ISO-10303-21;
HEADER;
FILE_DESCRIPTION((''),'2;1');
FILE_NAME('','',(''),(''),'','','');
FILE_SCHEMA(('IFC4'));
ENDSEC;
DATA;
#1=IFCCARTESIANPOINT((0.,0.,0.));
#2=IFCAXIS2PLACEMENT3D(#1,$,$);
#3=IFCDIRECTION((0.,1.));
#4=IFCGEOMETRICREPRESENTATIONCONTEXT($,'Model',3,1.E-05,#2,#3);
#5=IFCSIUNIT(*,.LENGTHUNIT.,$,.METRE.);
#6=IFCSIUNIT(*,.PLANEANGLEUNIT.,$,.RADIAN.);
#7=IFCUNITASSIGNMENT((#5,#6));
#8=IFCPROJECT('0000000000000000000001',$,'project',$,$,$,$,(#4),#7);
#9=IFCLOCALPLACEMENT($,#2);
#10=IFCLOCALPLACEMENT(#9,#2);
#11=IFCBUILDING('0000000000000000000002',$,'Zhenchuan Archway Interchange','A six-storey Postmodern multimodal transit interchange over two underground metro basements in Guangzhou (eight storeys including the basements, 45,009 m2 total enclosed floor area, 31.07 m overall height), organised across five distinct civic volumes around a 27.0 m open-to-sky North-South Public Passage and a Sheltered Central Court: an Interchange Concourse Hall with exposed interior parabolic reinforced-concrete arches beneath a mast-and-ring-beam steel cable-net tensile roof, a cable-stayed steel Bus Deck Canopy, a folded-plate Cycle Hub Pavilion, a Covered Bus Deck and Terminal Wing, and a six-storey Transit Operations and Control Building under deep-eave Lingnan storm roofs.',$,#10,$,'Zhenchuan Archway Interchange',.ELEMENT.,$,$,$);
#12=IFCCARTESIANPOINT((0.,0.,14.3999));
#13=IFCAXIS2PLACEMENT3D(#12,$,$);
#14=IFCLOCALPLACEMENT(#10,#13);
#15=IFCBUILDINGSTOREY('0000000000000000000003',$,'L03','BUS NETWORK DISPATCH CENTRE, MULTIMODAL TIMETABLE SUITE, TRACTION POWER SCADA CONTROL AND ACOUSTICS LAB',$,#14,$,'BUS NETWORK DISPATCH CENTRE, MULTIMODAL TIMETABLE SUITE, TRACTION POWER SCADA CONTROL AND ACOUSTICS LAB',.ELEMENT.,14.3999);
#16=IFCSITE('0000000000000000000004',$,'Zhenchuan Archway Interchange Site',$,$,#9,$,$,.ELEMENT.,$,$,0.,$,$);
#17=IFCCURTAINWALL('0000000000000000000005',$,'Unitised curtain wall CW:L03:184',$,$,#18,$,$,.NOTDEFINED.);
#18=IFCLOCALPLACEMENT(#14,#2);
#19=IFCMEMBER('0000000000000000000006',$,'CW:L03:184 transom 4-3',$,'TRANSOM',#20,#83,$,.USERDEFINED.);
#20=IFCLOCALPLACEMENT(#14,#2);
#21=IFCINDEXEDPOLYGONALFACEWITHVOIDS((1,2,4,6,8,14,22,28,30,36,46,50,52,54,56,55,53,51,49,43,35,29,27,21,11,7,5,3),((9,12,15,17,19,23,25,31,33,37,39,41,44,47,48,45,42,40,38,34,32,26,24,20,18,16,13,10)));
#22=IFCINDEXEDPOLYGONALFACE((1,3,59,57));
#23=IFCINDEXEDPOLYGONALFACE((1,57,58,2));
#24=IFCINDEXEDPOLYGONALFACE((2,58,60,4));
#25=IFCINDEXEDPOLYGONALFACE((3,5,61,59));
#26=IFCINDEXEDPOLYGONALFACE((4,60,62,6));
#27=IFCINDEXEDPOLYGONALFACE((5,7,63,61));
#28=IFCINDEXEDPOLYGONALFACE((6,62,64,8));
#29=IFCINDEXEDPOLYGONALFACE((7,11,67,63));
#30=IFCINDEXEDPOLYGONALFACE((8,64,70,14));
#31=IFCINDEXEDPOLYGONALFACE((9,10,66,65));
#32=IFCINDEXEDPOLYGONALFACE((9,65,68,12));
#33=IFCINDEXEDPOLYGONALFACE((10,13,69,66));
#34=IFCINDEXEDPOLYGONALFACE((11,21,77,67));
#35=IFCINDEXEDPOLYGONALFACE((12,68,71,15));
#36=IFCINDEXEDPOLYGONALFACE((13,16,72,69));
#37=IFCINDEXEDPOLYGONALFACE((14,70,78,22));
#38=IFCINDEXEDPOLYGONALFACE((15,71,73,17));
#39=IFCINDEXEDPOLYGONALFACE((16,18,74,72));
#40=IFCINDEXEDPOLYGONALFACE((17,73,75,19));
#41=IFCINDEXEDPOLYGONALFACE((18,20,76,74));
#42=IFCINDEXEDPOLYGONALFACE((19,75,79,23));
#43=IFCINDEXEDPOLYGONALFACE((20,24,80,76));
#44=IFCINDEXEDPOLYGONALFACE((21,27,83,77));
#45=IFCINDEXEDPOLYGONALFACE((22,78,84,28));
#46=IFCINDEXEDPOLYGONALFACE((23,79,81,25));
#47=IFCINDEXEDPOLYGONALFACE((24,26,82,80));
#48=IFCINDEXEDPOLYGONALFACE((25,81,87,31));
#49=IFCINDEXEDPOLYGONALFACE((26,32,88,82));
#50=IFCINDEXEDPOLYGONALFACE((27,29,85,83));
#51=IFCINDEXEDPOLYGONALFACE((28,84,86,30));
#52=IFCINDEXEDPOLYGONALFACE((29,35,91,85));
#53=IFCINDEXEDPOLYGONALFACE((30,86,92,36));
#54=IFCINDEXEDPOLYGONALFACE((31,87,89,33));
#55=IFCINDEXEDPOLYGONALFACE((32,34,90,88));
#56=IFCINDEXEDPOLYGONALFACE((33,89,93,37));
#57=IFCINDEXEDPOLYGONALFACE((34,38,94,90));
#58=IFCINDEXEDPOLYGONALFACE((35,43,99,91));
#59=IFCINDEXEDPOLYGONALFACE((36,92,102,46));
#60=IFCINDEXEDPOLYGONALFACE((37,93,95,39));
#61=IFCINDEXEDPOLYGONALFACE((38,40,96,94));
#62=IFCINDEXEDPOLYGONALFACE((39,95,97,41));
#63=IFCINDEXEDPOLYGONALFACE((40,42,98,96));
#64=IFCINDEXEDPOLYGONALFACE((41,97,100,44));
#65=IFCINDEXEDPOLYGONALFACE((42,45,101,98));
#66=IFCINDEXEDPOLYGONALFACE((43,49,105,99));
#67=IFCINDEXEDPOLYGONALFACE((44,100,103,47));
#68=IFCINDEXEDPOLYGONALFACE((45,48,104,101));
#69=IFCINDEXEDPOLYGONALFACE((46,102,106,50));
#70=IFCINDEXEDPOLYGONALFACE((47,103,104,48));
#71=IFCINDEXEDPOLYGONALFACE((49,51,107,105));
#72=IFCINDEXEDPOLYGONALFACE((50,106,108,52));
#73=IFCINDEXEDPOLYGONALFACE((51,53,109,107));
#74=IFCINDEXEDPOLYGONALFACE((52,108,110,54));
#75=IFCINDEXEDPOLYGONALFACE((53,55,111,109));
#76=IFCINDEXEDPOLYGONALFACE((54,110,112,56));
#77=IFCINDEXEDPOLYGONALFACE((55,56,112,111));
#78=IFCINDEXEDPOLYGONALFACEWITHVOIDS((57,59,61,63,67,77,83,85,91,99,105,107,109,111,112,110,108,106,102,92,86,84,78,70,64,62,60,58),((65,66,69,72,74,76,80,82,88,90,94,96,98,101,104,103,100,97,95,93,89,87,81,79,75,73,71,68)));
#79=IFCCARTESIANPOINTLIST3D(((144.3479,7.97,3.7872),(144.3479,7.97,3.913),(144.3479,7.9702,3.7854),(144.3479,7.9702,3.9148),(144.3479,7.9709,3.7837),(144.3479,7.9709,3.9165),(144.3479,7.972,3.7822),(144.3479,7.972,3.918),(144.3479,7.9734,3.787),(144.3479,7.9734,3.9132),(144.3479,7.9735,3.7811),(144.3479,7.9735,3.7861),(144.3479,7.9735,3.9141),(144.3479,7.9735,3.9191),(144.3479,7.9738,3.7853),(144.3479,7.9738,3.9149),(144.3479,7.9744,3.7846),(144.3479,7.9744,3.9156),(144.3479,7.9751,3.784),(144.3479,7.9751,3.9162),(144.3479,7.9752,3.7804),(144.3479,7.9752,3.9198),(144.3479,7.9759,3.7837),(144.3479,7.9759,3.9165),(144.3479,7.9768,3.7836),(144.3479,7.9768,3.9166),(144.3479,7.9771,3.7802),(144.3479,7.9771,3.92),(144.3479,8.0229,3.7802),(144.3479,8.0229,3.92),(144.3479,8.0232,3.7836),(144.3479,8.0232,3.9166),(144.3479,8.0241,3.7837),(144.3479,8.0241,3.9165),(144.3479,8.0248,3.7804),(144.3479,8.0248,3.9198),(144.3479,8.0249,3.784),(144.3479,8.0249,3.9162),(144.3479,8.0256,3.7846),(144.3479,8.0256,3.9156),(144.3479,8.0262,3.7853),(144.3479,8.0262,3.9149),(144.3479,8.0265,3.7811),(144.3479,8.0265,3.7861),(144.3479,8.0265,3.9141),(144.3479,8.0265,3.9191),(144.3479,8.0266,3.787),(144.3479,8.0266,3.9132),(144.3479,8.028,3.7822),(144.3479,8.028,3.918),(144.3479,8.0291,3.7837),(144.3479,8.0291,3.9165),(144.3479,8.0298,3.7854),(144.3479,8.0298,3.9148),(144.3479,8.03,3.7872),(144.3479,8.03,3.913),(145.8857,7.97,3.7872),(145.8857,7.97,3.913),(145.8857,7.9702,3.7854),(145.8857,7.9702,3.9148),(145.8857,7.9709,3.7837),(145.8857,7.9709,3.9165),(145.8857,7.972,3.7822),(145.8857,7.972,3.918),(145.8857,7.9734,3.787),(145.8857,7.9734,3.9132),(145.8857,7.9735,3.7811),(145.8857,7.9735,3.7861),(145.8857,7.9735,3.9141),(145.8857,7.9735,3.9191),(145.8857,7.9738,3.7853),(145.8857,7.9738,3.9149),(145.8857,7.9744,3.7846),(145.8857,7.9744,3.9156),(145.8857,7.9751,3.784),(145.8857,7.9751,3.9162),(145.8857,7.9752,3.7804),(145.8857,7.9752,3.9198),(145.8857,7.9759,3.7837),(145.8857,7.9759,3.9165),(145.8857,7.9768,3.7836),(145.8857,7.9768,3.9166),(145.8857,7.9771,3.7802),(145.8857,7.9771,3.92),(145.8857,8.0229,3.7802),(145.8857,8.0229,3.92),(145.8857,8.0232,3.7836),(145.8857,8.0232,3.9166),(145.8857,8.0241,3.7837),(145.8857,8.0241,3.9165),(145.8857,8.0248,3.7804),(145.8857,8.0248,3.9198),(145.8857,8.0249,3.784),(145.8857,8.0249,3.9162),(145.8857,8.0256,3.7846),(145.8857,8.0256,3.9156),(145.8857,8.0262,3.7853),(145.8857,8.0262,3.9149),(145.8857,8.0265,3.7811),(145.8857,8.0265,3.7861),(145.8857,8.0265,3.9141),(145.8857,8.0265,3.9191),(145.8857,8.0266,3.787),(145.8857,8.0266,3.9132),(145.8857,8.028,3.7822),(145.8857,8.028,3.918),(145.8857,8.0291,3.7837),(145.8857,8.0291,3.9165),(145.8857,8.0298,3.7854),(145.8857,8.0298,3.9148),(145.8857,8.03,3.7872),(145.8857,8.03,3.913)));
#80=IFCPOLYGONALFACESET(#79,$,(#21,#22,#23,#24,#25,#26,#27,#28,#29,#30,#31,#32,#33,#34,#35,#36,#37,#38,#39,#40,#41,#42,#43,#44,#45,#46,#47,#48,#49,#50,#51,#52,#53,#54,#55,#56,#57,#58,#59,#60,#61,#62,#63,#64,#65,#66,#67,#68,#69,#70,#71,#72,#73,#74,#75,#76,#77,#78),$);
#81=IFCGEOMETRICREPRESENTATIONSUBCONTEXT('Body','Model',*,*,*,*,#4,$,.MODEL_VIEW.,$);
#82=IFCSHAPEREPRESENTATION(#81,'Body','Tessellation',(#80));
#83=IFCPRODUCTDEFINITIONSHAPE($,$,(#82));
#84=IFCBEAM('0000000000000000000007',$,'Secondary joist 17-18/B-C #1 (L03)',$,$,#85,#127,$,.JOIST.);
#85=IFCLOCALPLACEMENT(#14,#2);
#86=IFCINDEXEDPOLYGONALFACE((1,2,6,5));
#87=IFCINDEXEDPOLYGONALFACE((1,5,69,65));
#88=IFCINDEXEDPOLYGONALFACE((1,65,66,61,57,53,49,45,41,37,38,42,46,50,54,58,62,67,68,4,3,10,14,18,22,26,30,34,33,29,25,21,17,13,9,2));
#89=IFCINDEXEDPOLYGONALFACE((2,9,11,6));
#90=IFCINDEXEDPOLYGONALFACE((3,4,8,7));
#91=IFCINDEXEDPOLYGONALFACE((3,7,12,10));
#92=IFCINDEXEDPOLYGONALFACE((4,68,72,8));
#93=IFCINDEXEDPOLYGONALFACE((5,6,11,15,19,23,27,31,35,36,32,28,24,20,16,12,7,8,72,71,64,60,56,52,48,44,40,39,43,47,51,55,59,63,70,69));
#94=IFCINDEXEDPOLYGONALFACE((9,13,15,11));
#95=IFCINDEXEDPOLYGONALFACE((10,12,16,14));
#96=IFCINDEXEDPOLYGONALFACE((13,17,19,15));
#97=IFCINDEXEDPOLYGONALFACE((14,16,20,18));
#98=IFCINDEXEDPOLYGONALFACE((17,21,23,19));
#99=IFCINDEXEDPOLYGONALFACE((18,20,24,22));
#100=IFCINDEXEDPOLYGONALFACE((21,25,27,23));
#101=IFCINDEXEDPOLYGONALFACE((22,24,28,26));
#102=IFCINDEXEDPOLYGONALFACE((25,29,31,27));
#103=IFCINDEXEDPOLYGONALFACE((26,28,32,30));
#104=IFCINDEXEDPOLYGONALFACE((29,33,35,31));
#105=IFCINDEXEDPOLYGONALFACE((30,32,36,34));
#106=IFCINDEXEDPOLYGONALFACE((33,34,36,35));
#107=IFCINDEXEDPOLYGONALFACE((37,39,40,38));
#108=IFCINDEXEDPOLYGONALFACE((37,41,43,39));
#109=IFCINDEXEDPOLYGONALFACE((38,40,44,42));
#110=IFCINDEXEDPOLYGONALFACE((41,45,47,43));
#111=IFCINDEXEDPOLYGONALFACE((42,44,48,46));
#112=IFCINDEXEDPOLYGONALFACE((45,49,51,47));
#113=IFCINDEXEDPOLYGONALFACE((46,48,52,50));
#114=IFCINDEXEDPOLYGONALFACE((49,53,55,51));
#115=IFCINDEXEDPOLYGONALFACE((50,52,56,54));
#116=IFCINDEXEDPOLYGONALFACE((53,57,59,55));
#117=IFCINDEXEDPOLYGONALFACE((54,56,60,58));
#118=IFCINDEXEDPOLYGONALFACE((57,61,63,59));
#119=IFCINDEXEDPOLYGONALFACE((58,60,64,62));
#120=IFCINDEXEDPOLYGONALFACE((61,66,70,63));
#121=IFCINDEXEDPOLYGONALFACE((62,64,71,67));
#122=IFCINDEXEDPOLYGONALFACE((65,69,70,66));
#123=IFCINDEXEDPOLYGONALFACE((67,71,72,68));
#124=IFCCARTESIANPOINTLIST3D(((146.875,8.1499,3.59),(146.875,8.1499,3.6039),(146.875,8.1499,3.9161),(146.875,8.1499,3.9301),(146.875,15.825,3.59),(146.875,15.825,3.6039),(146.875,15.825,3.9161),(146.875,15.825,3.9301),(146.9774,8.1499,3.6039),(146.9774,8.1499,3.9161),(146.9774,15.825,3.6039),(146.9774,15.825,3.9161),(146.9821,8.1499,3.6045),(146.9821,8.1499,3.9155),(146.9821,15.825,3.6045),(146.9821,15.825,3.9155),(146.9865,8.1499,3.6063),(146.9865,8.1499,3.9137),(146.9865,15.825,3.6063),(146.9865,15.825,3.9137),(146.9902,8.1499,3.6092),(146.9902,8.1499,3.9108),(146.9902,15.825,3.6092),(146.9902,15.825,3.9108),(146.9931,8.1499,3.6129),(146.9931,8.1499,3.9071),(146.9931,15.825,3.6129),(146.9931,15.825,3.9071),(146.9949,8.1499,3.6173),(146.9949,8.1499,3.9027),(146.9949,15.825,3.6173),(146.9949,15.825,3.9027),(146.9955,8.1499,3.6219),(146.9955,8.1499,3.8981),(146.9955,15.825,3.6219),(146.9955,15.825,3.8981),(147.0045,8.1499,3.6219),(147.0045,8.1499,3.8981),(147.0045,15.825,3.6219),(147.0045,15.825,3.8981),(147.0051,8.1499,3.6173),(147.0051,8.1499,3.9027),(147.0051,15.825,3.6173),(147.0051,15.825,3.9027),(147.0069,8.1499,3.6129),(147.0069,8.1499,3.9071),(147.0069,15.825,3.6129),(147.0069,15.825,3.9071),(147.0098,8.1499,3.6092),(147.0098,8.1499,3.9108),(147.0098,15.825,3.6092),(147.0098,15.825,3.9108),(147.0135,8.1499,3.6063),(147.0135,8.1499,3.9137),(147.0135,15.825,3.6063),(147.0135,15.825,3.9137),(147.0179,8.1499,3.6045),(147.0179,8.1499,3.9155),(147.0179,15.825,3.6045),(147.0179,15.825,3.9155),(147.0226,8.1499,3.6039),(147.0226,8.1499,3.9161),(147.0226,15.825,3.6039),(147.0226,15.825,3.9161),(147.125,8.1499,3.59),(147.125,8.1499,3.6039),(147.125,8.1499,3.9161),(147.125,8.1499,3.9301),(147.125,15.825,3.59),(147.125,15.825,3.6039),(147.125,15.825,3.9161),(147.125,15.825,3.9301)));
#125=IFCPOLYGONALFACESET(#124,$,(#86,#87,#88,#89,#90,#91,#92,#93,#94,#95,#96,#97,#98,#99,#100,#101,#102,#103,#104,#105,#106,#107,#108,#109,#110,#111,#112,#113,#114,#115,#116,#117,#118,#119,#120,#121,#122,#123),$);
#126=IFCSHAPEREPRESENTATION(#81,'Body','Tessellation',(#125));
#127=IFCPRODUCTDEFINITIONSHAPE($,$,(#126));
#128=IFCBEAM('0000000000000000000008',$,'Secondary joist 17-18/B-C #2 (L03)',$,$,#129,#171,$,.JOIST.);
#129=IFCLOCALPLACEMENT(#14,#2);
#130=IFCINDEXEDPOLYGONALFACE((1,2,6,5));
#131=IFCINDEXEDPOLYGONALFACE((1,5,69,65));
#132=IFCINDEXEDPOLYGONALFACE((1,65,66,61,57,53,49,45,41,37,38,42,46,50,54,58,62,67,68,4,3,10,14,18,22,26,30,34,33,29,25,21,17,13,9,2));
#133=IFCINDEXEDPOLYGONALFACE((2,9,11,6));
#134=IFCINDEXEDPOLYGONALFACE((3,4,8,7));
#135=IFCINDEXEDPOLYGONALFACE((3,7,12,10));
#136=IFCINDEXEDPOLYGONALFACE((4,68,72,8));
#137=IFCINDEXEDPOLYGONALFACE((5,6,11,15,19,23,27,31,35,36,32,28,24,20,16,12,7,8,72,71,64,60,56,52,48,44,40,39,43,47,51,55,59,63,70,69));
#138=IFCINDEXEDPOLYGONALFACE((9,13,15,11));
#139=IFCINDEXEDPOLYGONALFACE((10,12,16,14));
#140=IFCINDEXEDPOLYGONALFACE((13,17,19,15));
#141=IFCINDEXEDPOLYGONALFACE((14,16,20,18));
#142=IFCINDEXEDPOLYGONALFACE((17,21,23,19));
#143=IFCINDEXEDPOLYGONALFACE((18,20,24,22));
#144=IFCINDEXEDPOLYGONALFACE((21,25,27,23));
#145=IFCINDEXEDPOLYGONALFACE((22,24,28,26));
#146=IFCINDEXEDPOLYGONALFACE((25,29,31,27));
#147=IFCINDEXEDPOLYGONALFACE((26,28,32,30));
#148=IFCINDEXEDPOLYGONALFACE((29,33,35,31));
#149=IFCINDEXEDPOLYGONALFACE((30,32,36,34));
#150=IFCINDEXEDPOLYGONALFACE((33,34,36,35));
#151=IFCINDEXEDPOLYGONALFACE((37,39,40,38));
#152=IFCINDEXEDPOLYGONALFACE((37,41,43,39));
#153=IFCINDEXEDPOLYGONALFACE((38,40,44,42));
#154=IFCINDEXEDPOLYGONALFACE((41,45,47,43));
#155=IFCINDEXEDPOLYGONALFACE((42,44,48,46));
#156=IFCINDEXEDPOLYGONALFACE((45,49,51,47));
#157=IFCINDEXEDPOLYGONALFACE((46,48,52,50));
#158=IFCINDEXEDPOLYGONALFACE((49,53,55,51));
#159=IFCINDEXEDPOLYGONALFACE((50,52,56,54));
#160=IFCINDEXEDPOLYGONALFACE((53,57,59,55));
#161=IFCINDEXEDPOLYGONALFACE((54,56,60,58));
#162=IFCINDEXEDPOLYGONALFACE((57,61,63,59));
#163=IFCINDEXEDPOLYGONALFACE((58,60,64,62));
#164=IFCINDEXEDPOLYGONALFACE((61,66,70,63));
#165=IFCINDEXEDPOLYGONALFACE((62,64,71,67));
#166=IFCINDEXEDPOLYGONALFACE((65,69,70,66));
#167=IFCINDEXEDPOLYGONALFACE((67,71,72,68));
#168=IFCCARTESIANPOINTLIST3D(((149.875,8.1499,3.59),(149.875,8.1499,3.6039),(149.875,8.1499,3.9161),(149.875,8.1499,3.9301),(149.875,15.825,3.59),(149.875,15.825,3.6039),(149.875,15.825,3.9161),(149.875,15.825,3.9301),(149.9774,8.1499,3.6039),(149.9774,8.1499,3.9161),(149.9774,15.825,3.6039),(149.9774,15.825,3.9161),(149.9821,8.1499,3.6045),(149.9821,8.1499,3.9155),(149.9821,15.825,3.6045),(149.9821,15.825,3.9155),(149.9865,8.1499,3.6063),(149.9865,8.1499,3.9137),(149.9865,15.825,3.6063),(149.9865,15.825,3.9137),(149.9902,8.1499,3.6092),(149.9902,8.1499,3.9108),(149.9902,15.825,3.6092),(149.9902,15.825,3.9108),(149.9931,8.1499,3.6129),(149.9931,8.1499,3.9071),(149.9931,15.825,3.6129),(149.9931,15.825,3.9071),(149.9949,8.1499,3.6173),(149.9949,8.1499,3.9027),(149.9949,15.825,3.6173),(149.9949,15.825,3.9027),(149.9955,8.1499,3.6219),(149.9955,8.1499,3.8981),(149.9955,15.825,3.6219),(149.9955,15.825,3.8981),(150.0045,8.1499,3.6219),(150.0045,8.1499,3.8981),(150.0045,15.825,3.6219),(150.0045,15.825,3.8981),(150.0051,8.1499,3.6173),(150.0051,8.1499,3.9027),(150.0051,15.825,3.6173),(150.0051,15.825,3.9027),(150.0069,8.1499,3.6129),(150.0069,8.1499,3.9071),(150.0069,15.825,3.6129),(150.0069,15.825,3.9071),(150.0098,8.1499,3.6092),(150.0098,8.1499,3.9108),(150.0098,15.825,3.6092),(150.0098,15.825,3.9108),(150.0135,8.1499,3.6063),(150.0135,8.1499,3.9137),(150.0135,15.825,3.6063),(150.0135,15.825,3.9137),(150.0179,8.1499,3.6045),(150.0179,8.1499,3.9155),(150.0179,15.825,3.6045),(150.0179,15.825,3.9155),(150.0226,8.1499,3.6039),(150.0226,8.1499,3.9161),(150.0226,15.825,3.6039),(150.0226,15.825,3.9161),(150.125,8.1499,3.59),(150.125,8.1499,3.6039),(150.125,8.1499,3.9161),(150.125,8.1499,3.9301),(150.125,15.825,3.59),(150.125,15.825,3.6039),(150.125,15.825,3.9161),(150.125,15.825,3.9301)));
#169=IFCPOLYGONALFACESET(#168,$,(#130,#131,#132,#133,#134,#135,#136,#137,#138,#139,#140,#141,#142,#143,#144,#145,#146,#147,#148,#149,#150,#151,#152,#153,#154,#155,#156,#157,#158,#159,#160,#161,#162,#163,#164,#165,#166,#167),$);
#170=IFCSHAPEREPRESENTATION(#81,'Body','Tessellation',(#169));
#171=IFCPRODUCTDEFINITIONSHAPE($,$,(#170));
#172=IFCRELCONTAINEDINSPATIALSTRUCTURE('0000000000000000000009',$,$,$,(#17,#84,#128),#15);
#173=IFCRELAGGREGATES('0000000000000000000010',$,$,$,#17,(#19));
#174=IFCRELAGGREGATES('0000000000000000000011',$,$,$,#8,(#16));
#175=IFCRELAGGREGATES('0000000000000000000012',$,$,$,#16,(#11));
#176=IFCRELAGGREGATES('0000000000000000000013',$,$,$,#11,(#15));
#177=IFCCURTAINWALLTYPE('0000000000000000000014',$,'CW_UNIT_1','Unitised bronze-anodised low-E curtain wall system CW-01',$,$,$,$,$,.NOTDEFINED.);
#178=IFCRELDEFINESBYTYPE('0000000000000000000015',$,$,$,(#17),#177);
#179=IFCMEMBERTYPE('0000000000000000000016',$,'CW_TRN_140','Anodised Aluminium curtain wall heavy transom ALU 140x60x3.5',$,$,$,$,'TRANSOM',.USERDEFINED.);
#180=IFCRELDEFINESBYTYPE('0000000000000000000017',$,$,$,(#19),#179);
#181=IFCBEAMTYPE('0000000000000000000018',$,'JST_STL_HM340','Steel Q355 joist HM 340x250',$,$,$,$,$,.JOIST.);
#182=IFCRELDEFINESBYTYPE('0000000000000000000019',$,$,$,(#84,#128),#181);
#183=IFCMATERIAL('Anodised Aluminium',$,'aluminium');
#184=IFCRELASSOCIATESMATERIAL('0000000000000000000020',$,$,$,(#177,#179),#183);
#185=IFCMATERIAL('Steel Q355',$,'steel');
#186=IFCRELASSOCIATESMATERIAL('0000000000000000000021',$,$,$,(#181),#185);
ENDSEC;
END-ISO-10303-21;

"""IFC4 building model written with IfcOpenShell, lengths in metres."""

from ifc_helpers import new_model, si_unit, direction, frame, origin, origin_2d, place, context, subcontext, project, spatial, hollow_rectangle, i_section, extrude, material, material_profile, profile_set, type_object, element, aggregate, save


model = new_model("IFC4")

# Units and contexts
model_context = context("Model", 3, precision=1e-05, world=origin(), true_north=direction((0.0, 1.0)))
body_context = subcontext(model_context, "Body", "Model", "MODEL_VIEW")
ifc_project = project(units=[si_unit("LENGTHUNIT", "METRE"), si_unit("PLANEANGLEUNIT", "RADIAN")], contexts=[model_context])

# Site, building, storey
site_placement = place(None, origin())
site = spatial("IfcSite", under=ifc_project, at=site_placement, Name="Zhenchuan Archway Interchange Site", CompositionType="ELEMENT", RefElevation=0.0)
building_placement = place(site_placement, origin())
building = spatial("IfcBuilding", under=site, at=building_placement, Name="Zhenchuan Archway Interchange", Description="A six-storey Postmodern multimodal transit interchange over two underground metro basements in Guangzhou (eight storeys including the basements, 45,009 m2 total enclosed floor area, 31.07 m overall height), organised across five distinct civic volumes around a 27.0 m open-to-sky North-South Public Passage and a Sheltered Central Court: an Interchange Concourse Hall with exposed interior parabolic reinforced-concrete arches beneath a mast-and-ring-beam steel cable-net tensile roof, a cable-stayed steel Bus Deck Canopy, a folded-plate Cycle Hub Pavilion, a Covered Bus Deck and Terminal Wing, and a six-storey Transit Operations and Control Building under deep-eave Lingnan storm roofs.", LongName="Zhenchuan Archway Interchange", CompositionType="ELEMENT")
storey_placement = place(building_placement, frame((0.0, 0.0, 14.3999)))
storey = spatial("IfcBuildingStorey", under=building, at=storey_placement, Name="L03", Description="BUS NETWORK DISPATCH CENTRE, MULTIMODAL TIMETABLE SUITE, TRACTION POWER SCADA CONTROL AND ACOUSTICS LAB", LongName="BUS NETWORK DISPATCH CENTRE, MULTIMODAL TIMETABLE SUITE, TRACTION POWER SCADA CONTROL AND ACOUSTICS LAB", CompositionType="ELEMENT", Elevation=14.3999)

# Curtain wall, member
ifc_material_1 = material(Name="Anodised Aluminium", Category="aluminium")
curtain_wall_type = type_object("IfcCurtainWallType", Name="CW_UNIT_1", Description="Unitised bronze-anodised low-E curtain wall system CW-01", PredefinedType="NOTDEFINED", material=ifc_material_1)
curtain_wall_placement = place(storey_placement, origin())
curtain_wall = element("IfcCurtainWall", 1, at=curtain_wall_placement, inside=storey, type_object=curtain_wall_type, Name="Unitised curtain wall CW:L03:184", PredefinedType="NOTDEFINED")
ifc_material_profile_1 = material_profile(ifc_material_1, hollow_rectangle(XDim=0.0601, YDim=0.1399, WallThickness=0.0034, InnerFilletRadius=0.0034, OuterFilletRadius=0.0071, at=origin_2d()), Name="ALU 140x60x3.5")
ifc_profile_set_1 = profile_set([ifc_material_profile_1], Name="Anodised Aluminium")
member_type_1 = type_object("IfcMemberType", Name="CW_TRN_140", Description="Anodised Aluminium curtain wall heavy transom ALU 140x60x3.5", ElementType="TRANSOM", PredefinedType="USERDEFINED", material=ifc_profile_set_1)
member_1_placement = place(storey_placement, frame((145.8857, 8.0, 3.8501), z_axis=(-1.0, 0.0, 0.0), x_axis=(0.0, -1.0, 0.0)))
member_1 = element("IfcMember", 2, at=member_1_placement, type_object=member_type_1, Name="CW:L03:184 transom 4-3", ObjectType="TRANSOM", PredefinedType="USERDEFINED", context=body_context, shape_type="SweptSolid", body=[
    extrude(hollow_rectangle(XDim=0.0601, YDim=0.1399, WallThickness=0.0034, InnerFilletRadius=0.0034, OuterFilletRadius=0.0071, at=origin_2d()), origin(), (0.0, 0.0, 1.0), 1.5378),
])

# Beams
ifc_material_2 = material(Name="Steel Q355", Category="steel")
ifc_material_profile_2 = material_profile(ifc_material_2, i_section(OverallWidth=0.25, OverallDepth=0.3401, WebThickness=0.009, FlangeThickness=0.0139, FilletRadius=0.0181, at=origin_2d()), Name="HM 340x250")
ifc_profile_set_2 = profile_set([ifc_material_profile_2], Name="Steel Q355")
beam_type_1 = type_object("IfcBeamType", Name="JST_STL_HM340", Description="Steel Q355 joist HM 340x250", PredefinedType="JOIST", material=ifc_profile_set_2)
for number, where, z_axis, x_axis, name in (
    (3, (147.0, 8.1499, 3.76), (0.0, 1.0, 0.0), (-1.0, 0.0, 0.0), "Secondary joist 17-18/B-C #1 (L03)"),
    (4, (150.0, 8.1499, 3.76), (0.0, 1.0, 0.0), (-1.0, 0.0, 0.0), "Secondary joist 17-18/B-C #2 (L03)"),
):
    element("IfcBeam", number, at=place(storey_placement, frame(where, z_axis=z_axis, x_axis=x_axis)), inside=storey, type_object=beam_type_1, Name=name, PredefinedType="JOIST", context=body_context, shape_type="SweptSolid", body=[
        extrude(i_section(OverallWidth=0.25, OverallDepth=0.3401, WebThickness=0.009, FlangeThickness=0.0139, FilletRadius=0.0181, at=origin_2d()), origin(), (0.0, 0.0, 1.0), 7.675),
    ])

aggregate(curtain_wall, [member_1])

save(model, "model.ifc")
